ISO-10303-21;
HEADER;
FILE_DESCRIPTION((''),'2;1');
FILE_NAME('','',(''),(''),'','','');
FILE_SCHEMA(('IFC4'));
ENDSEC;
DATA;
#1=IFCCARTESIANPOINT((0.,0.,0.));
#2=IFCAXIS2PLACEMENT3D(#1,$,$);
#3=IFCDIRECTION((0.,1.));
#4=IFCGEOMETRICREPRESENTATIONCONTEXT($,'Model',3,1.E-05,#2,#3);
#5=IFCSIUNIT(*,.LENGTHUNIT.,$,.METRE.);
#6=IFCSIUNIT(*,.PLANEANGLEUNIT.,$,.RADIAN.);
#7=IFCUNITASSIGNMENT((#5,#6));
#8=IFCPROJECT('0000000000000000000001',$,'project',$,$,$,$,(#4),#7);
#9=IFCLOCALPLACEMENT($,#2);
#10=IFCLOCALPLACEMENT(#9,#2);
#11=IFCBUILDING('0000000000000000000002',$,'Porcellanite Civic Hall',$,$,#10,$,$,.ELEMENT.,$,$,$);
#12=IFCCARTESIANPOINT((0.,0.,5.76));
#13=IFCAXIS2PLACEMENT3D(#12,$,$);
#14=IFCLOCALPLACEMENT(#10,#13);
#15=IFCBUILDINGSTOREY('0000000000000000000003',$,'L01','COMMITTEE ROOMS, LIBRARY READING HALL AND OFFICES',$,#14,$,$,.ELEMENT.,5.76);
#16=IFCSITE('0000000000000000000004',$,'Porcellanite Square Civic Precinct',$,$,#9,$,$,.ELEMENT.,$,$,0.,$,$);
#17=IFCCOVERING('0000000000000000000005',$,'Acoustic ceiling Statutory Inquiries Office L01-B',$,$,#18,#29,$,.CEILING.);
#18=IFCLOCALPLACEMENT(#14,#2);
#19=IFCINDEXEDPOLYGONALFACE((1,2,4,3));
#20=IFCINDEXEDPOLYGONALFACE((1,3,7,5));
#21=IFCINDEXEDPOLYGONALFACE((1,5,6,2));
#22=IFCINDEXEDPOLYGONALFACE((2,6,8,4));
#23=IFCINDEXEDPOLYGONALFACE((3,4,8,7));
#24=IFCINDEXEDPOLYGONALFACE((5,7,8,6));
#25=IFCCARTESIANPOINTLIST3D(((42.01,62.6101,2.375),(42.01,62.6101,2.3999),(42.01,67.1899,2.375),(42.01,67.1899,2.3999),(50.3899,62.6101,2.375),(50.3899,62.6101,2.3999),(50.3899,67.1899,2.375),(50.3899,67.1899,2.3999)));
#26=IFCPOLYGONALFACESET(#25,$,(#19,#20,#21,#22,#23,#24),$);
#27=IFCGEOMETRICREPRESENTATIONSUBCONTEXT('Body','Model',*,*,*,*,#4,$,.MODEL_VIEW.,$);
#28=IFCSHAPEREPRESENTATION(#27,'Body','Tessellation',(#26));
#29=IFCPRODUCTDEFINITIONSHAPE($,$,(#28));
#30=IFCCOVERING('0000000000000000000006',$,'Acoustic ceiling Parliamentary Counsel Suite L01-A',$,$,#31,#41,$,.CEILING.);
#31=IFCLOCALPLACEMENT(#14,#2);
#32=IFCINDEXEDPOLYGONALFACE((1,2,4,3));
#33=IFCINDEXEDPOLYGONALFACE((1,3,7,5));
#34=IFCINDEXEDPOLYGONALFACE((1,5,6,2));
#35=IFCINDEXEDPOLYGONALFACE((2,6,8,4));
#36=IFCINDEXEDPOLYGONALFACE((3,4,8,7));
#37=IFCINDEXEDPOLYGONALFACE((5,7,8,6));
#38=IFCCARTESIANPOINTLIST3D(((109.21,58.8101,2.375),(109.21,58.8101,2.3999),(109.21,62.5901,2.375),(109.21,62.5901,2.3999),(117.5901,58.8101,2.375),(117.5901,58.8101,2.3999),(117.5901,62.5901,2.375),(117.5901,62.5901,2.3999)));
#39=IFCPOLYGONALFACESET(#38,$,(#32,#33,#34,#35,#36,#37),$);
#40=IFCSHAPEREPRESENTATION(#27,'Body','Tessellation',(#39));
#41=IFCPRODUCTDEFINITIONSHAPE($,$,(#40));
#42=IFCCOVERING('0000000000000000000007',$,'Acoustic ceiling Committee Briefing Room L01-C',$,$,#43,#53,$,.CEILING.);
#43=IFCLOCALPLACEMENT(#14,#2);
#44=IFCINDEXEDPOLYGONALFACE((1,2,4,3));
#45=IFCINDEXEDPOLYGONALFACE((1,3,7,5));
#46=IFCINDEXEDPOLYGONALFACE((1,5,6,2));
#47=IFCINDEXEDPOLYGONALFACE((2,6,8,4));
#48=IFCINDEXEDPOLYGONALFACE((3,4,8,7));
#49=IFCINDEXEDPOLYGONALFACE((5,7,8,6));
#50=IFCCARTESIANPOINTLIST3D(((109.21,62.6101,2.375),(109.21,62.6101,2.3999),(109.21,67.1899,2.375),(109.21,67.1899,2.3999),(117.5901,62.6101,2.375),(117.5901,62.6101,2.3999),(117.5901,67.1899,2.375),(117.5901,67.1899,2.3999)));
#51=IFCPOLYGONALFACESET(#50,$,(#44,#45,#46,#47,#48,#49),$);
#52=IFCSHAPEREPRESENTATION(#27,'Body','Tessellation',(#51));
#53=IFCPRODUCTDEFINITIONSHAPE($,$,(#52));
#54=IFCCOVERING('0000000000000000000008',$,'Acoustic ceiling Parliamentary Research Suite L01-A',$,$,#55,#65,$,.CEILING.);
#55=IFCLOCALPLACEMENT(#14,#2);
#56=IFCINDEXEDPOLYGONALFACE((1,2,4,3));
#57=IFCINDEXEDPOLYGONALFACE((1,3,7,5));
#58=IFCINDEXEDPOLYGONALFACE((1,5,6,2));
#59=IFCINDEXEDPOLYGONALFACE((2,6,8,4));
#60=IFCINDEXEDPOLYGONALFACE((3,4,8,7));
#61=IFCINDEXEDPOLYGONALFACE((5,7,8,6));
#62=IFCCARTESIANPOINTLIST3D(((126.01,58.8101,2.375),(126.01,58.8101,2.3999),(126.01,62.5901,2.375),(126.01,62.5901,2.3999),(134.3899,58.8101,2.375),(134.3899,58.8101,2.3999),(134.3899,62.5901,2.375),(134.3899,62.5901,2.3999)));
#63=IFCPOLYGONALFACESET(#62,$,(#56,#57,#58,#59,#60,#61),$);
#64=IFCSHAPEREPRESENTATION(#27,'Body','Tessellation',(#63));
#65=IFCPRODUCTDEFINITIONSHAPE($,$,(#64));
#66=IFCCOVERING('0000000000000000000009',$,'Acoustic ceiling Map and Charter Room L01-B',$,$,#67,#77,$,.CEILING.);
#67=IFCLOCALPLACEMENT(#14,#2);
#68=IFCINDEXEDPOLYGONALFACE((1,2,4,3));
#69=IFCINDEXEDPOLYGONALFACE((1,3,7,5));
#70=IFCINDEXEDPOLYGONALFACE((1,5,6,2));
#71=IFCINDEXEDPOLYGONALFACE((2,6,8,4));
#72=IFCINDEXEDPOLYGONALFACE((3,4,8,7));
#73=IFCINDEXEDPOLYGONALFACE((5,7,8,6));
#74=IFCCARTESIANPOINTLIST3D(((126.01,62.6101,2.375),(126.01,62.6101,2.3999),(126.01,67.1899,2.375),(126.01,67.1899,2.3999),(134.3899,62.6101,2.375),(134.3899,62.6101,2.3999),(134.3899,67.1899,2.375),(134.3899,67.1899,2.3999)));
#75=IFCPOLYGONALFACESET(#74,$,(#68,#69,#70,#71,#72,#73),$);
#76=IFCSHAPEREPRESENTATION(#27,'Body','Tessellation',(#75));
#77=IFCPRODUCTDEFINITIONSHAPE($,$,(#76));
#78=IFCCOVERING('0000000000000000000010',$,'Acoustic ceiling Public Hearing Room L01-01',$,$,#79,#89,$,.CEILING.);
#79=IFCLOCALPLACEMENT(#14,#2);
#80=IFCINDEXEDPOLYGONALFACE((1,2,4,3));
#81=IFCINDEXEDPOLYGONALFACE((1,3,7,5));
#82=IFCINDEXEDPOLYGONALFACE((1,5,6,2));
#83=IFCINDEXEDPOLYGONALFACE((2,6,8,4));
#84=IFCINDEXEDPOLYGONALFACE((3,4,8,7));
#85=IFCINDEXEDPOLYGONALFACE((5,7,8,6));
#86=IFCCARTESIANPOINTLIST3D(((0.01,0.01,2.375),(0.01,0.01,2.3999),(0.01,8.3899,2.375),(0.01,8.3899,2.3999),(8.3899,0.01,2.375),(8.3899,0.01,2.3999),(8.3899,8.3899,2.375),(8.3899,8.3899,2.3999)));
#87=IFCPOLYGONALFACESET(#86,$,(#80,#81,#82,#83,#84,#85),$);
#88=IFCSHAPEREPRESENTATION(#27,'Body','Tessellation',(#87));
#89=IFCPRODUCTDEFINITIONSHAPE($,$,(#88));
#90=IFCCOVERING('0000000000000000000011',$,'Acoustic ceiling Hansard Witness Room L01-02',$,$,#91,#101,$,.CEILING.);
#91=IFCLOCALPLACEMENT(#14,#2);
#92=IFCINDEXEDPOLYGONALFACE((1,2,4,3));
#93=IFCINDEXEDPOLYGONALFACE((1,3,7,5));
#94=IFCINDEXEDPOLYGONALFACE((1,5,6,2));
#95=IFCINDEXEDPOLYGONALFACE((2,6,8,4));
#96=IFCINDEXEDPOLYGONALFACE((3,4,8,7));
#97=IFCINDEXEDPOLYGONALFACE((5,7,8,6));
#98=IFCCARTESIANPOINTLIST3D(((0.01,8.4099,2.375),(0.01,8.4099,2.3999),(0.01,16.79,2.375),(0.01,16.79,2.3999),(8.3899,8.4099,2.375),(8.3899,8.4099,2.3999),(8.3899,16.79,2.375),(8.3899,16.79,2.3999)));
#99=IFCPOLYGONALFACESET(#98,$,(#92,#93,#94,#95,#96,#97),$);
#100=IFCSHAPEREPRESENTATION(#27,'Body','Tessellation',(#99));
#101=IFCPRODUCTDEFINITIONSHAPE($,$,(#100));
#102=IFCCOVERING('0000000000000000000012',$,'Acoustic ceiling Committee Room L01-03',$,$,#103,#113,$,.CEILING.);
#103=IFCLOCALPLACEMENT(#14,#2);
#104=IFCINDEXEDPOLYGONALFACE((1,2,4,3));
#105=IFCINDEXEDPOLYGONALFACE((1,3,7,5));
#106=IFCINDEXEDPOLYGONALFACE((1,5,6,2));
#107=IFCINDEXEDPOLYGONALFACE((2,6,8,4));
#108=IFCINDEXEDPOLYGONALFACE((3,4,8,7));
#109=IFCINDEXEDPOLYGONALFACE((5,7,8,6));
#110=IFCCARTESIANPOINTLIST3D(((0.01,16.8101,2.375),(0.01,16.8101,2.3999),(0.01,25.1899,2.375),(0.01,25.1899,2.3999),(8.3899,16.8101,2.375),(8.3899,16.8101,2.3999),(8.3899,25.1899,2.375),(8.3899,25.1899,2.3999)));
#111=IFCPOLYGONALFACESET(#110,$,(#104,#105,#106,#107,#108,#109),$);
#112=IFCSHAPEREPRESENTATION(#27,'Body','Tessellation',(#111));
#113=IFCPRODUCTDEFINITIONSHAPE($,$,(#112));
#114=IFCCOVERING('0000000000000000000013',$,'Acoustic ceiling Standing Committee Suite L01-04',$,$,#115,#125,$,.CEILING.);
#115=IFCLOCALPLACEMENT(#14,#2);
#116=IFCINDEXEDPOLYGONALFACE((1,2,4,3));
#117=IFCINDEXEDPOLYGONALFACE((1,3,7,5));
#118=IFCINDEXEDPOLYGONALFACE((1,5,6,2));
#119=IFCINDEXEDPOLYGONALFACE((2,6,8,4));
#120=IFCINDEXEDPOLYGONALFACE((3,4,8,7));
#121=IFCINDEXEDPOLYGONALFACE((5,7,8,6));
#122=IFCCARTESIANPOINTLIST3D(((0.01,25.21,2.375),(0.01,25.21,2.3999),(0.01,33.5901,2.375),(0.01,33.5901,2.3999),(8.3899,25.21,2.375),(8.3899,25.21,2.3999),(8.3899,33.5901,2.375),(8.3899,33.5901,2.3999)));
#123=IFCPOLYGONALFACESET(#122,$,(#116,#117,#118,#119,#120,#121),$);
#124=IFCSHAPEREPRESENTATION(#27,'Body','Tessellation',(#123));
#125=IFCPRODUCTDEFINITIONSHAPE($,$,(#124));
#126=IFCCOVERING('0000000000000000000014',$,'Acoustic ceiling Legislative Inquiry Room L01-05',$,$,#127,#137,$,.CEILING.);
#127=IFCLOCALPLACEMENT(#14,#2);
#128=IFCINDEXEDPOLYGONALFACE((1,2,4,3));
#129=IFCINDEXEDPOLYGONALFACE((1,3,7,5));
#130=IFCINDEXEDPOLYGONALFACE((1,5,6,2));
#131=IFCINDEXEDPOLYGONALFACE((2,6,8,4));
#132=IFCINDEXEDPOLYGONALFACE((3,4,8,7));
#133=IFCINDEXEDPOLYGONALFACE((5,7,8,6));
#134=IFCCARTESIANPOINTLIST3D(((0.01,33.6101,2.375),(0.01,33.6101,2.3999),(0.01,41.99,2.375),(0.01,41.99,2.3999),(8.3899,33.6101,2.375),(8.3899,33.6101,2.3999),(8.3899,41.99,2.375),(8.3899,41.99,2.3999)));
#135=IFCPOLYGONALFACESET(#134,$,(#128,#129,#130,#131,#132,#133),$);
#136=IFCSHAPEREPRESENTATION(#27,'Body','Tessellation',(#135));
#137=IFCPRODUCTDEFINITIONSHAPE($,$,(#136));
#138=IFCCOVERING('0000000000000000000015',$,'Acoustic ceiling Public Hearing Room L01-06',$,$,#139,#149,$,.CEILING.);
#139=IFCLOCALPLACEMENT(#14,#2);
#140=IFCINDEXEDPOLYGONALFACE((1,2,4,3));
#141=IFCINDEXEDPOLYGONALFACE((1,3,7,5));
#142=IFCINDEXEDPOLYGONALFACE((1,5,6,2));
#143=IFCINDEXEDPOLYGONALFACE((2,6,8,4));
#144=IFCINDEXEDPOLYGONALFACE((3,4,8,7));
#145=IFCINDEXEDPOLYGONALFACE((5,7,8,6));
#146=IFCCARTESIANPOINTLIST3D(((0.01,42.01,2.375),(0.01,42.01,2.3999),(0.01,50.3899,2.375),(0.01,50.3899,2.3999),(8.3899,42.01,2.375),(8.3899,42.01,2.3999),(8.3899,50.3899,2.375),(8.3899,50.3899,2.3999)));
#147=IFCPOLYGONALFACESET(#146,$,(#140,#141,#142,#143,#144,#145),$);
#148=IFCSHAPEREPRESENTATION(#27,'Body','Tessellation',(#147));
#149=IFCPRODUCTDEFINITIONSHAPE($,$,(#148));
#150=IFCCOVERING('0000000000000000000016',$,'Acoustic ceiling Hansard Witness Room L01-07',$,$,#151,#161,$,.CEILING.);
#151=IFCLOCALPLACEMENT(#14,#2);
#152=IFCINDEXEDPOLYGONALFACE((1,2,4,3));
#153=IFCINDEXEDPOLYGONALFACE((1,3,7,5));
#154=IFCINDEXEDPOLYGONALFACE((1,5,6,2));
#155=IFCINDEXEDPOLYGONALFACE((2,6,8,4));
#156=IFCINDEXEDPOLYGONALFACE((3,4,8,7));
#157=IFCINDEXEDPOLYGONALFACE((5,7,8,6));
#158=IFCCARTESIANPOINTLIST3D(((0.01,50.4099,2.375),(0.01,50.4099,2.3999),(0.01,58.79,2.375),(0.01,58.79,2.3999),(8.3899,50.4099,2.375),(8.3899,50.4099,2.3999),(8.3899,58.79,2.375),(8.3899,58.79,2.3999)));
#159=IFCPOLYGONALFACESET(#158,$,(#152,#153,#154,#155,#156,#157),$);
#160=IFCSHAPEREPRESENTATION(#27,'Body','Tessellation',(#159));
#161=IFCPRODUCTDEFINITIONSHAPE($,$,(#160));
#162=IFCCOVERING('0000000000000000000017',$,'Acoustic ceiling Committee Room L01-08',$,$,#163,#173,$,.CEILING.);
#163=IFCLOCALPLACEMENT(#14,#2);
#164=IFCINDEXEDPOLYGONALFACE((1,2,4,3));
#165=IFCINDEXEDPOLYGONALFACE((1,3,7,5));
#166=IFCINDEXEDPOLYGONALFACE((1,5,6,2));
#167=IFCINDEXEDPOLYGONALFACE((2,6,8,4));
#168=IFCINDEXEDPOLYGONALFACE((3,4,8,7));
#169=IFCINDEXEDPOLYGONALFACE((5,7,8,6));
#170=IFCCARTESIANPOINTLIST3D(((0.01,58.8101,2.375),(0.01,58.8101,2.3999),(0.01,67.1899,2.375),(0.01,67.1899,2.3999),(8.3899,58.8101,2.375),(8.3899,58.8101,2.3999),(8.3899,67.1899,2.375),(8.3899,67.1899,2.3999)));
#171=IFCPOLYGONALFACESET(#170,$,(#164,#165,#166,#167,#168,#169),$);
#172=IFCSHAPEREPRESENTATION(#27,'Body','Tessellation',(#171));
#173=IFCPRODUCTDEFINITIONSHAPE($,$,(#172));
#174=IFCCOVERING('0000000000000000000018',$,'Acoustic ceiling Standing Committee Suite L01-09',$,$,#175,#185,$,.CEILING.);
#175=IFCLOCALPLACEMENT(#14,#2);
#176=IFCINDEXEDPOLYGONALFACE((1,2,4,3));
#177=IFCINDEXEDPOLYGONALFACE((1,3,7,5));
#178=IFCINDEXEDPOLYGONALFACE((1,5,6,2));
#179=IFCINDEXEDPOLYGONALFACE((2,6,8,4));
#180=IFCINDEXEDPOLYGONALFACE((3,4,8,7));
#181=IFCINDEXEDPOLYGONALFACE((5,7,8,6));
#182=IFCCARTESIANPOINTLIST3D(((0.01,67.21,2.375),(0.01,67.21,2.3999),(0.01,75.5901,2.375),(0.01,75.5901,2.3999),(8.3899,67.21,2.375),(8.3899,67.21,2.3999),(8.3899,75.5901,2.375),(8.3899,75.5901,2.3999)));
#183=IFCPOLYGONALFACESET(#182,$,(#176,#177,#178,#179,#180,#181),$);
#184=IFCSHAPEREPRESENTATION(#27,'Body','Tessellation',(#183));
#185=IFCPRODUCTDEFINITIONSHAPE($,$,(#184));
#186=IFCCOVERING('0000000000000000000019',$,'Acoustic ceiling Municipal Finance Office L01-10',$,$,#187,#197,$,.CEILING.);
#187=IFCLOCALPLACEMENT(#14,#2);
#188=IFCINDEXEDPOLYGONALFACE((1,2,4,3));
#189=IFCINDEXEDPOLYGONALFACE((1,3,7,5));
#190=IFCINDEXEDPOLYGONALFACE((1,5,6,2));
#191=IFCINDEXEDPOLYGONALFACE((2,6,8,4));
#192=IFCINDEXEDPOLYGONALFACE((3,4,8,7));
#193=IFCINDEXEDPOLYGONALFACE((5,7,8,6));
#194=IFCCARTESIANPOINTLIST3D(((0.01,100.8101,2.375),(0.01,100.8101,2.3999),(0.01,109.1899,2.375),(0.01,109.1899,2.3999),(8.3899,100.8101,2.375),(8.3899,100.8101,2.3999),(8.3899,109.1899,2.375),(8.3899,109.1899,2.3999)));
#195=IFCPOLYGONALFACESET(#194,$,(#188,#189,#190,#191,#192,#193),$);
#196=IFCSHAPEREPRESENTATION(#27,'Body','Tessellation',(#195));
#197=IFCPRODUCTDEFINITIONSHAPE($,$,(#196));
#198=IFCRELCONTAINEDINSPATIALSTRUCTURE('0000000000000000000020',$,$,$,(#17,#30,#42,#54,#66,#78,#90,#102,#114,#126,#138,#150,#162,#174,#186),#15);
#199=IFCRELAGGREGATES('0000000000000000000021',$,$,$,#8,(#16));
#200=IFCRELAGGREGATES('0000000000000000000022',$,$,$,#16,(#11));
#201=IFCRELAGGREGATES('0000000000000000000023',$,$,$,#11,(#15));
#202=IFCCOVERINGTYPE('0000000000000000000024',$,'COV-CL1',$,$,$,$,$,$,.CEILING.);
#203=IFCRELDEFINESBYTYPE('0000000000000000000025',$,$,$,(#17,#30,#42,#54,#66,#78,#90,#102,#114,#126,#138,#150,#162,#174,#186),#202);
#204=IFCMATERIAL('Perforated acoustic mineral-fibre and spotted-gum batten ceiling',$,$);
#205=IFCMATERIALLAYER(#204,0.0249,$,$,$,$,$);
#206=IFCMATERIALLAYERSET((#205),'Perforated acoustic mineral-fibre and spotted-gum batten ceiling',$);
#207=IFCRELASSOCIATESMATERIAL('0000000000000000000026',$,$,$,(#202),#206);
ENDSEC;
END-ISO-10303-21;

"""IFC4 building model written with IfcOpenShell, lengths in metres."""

from ifc_helpers import new_model, si_unit, direction, frame, origin, place, context, subcontext, project, spatial, polyline, outline, extrude, material, layer, layer_set, type_object, element, save


model = new_model("IFC4")

# Units and contexts
model_context = context("Model", 3, precision=1e-05, world=origin(), true_north=direction((0.0, 1.0)))
body_context = subcontext(model_context, "Body", "Model", "MODEL_VIEW")
ifc_project = project(units=[si_unit("LENGTHUNIT", "METRE"), si_unit("PLANEANGLEUNIT", "RADIAN")], contexts=[model_context])

# Site, building, storey
site_placement = place(None, origin())
site = spatial("IfcSite", under=ifc_project, at=site_placement, Name="Porcellanite Square Civic Precinct", CompositionType="ELEMENT", RefElevation=0.0)
building_placement = place(site_placement, origin())
building = spatial("IfcBuilding", under=site, at=building_placement, Name="Porcellanite Civic Hall", CompositionType="ELEMENT")
storey_placement = place(building_placement, frame((0.0, 0.0, 5.76)))
storey = spatial("IfcBuildingStorey", under=building, at=storey_placement, Name="L01", Description="COMMITTEE ROOMS, LIBRARY READING HALL AND OFFICES", CompositionType="ELEMENT", Elevation=5.76)

# Coverings
ifc_material = material(Name="Perforated acoustic mineral-fibre and spotted-gum batten ceiling")
ifc_layer = layer(ifc_material, 0.0249)
ifc_layer_set = layer_set([ifc_layer], Name="Perforated acoustic mineral-fibre and spotted-gum batten ceiling")
covering_type = type_object("IfcCoveringType", Name="COV-CL1", PredefinedType="CEILING", material=ifc_layer_set)
covering_1_placement = place(storey_placement, frame((0.0, 0.0, 2.375)))
element("IfcCovering", 1, at=covering_1_placement, inside=storey, type_object=covering_type, Name="Acoustic ceiling Statutory Inquiries Office L01-B", PredefinedType="CEILING", context=body_context, shape_type="SweptSolid", body=[
    extrude(outline(polyline([(42.01, 62.6101), (50.3899, 62.6101), (50.3899, 67.1899), (42.01, 67.1899), (42.01, 62.6101)])), origin(), (0.0, 0.0, 1.0), 0.0249),
])
covering_2_placement = place(storey_placement, frame((0.0, 0.0, 2.375)))
element("IfcCovering", 2, at=covering_2_placement, inside=storey, type_object=covering_type, Name="Acoustic ceiling Parliamentary Counsel Suite L01-A", PredefinedType="CEILING", context=body_context, shape_type="SweptSolid", body=[
    extrude(outline(polyline([(109.21, 58.8101), (117.5901, 58.8101), (117.5901, 62.5901), (109.21, 62.5901), (109.21, 58.8101)])), origin(), (0.0, 0.0, 1.0), 0.0249),
])
covering_3_placement = place(storey_placement, frame((0.0, 0.0, 2.375)))
element("IfcCovering", 3, at=covering_3_placement, inside=storey, type_object=covering_type, Name="Acoustic ceiling Committee Briefing Room L01-C", PredefinedType="CEILING", context=body_context, shape_type="SweptSolid", body=[
    extrude(outline(polyline([(109.21, 62.6101), (117.5901, 62.6101), (117.5901, 67.1899), (109.21, 67.1899), (109.21, 62.6101)])), origin(), (0.0, 0.0, 1.0), 0.0249),
])
covering_4_placement = place(storey_placement, frame((0.0, 0.0, 2.375)))
element("IfcCovering", 4, at=covering_4_placement, inside=storey, type_object=covering_type, Name="Acoustic ceiling Parliamentary Research Suite L01-A", PredefinedType="CEILING", context=body_context, shape_type="SweptSolid", body=[
    extrude(outline(polyline([(126.01, 58.8101), (134.3899, 58.8101), (134.3899, 62.5901), (126.01, 62.5901), (126.01, 58.8101)])), origin(), (0.0, 0.0, 1.0), 0.0249),
])
covering_5_placement = place(storey_placement, frame((0.0, 0.0, 2.375)))
element("IfcCovering", 5, at=covering_5_placement, inside=storey, type_object=covering_type, Name="Acoustic ceiling Map and Charter Room L01-B", PredefinedType="CEILING", context=body_context, shape_type="SweptSolid", body=[
    extrude(outline(polyline([(126.01, 62.6101), (134.3899, 62.6101), (134.3899, 67.1899), (126.01, 67.1899), (126.01, 62.6101)])), origin(), (0.0, 0.0, 1.0), 0.0249),
])
covering_6_placement = place(storey_placement, frame((0.0, 0.0, 2.375)))
element("IfcCovering", 6, at=covering_6_placement, inside=storey, type_object=covering_type, Name="Acoustic ceiling Public Hearing Room L01-01", PredefinedType="CEILING", context=body_context, shape_type="SweptSolid", body=[
    extrude(outline(polyline([(0.01, 0.01), (8.3899, 0.01), (8.3899, 8.3899), (0.01, 8.3899), (0.01, 0.01)])), origin(), (0.0, 0.0, 1.0), 0.0249),
])
covering_7_placement = place(storey_placement, frame((0.0, 0.0, 2.375)))
element("IfcCovering", 7, at=covering_7_placement, inside=storey, type_object=covering_type, Name="Acoustic ceiling Hansard Witness Room L01-02", PredefinedType="CEILING", context=body_context, shape_type="SweptSolid", body=[
    extrude(outline(polyline([(0.01, 8.4099), (8.3899, 8.4099), (8.3899, 16.79), (0.01, 16.79), (0.01, 8.4099)])), origin(), (0.0, 0.0, 1.0), 0.0249),
])
covering_8_placement = place(storey_placement, frame((0.0, 0.0, 2.375)))
element("IfcCovering", 8, at=covering_8_placement, inside=storey, type_object=covering_type, Name="Acoustic ceiling Committee Room L01-03", PredefinedType="CEILING", context=body_context, shape_type="SweptSolid", body=[
    extrude(outline(polyline([(0.01, 16.8101), (8.3899, 16.8101), (8.3899, 25.1899), (0.01, 25.1899), (0.01, 16.8101)])), origin(), (0.0, 0.0, 1.0), 0.0249),
])
covering_9_placement = place(storey_placement, frame((0.0, 0.0, 2.375)))
element("IfcCovering", 9, at=covering_9_placement, inside=storey, type_object=covering_type, Name="Acoustic ceiling Standing Committee Suite L01-04", PredefinedType="CEILING", context=body_context, shape_type="SweptSolid", body=[
    extrude(outline(polyline([(0.01, 25.21), (8.3899, 25.21), (8.3899, 33.5901), (0.01, 33.5901), (0.01, 25.21)])), origin(), (0.0, 0.0, 1.0), 0.0249),
])
covering_10_placement = place(storey_placement, frame((0.0, 0.0, 2.375)))
element("IfcCovering", 10, at=covering_10_placement, inside=storey, type_object=covering_type, Name="Acoustic ceiling Legislative Inquiry Room L01-05", PredefinedType="CEILING", context=body_context, shape_type="SweptSolid", body=[
    extrude(outline(polyline([(0.01, 33.6101), (8.3899, 33.6101), (8.3899, 41.99), (0.01, 41.99), (0.01, 33.6101)])), origin(), (0.0, 0.0, 1.0), 0.0249),
])
covering_11_placement = place(storey_placement, frame((0.0, 0.0, 2.375)))
element("IfcCovering", 11, at=covering_11_placement, inside=storey, type_object=covering_type, Name="Acoustic ceiling Public Hearing Room L01-06", PredefinedType="CEILING", context=body_context, shape_type="SweptSolid", body=[
    extrude(outline(polyline([(0.01, 42.01), (8.3899, 42.01), (8.3899, 50.3899), (0.01, 50.3899), (0.01, 42.01)])), origin(), (0.0, 0.0, 1.0), 0.0249),
])
covering_12_placement = place(storey_placement, frame((0.0, 0.0, 2.375)))
element("IfcCovering", 12, at=covering_12_placement, inside=storey, type_object=covering_type, Name="Acoustic ceiling Hansard Witness Room L01-07", PredefinedType="CEILING", context=body_context, shape_type="SweptSolid", body=[
    extrude(outline(polyline([(0.01, 50.4099), (8.3899, 50.4099), (8.3899, 58.79), (0.01, 58.79), (0.01, 50.4099)])), origin(), (0.0, 0.0, 1.0), 0.0249),
])
covering_13_placement = place(storey_placement, frame((0.0, 0.0, 2.375)))
element("IfcCovering", 13, at=covering_13_placement, inside=storey, type_object=covering_type, Name="Acoustic ceiling Committee Room L01-08", PredefinedType="CEILING", context=body_context, shape_type="SweptSolid", body=[
    extrude(outline(polyline([(0.01, 58.8101), (8.3899, 58.8101), (8.3899, 67.1899), (0.01, 67.1899), (0.01, 58.8101)])), origin(), (0.0, 0.0, 1.0), 0.0249),
])
covering_14_placement = place(storey_placement, frame((0.0, 0.0, 2.375)))
element("IfcCovering", 14, at=covering_14_placement, inside=storey, type_object=covering_type, Name="Acoustic ceiling Standing Committee Suite L01-09", PredefinedType="CEILING", context=body_context, shape_type="SweptSolid", body=[
    extrude(outline(polyline([(0.01, 67.21), (8.3899, 67.21), (8.3899, 75.5901), (0.01, 75.5901), (0.01, 67.21)])), origin(), (0.0, 0.0, 1.0), 0.0249),
])
covering_15_placement = place(storey_placement, frame((0.0, 0.0, 2.375)))
element("IfcCovering", 15, at=covering_15_placement, inside=storey, type_object=covering_type, Name="Acoustic ceiling Municipal Finance Office L01-10", PredefinedType="CEILING", context=body_context, shape_type="SweptSolid", body=[
    extrude(outline(polyline([(0.01, 100.8101), (8.3899, 100.8101), (8.3899, 109.1899), (0.01, 109.1899), (0.01, 100.8101)])), origin(), (0.0, 0.0, 1.0), 0.0249),
])

save(model, "model.ifc")
